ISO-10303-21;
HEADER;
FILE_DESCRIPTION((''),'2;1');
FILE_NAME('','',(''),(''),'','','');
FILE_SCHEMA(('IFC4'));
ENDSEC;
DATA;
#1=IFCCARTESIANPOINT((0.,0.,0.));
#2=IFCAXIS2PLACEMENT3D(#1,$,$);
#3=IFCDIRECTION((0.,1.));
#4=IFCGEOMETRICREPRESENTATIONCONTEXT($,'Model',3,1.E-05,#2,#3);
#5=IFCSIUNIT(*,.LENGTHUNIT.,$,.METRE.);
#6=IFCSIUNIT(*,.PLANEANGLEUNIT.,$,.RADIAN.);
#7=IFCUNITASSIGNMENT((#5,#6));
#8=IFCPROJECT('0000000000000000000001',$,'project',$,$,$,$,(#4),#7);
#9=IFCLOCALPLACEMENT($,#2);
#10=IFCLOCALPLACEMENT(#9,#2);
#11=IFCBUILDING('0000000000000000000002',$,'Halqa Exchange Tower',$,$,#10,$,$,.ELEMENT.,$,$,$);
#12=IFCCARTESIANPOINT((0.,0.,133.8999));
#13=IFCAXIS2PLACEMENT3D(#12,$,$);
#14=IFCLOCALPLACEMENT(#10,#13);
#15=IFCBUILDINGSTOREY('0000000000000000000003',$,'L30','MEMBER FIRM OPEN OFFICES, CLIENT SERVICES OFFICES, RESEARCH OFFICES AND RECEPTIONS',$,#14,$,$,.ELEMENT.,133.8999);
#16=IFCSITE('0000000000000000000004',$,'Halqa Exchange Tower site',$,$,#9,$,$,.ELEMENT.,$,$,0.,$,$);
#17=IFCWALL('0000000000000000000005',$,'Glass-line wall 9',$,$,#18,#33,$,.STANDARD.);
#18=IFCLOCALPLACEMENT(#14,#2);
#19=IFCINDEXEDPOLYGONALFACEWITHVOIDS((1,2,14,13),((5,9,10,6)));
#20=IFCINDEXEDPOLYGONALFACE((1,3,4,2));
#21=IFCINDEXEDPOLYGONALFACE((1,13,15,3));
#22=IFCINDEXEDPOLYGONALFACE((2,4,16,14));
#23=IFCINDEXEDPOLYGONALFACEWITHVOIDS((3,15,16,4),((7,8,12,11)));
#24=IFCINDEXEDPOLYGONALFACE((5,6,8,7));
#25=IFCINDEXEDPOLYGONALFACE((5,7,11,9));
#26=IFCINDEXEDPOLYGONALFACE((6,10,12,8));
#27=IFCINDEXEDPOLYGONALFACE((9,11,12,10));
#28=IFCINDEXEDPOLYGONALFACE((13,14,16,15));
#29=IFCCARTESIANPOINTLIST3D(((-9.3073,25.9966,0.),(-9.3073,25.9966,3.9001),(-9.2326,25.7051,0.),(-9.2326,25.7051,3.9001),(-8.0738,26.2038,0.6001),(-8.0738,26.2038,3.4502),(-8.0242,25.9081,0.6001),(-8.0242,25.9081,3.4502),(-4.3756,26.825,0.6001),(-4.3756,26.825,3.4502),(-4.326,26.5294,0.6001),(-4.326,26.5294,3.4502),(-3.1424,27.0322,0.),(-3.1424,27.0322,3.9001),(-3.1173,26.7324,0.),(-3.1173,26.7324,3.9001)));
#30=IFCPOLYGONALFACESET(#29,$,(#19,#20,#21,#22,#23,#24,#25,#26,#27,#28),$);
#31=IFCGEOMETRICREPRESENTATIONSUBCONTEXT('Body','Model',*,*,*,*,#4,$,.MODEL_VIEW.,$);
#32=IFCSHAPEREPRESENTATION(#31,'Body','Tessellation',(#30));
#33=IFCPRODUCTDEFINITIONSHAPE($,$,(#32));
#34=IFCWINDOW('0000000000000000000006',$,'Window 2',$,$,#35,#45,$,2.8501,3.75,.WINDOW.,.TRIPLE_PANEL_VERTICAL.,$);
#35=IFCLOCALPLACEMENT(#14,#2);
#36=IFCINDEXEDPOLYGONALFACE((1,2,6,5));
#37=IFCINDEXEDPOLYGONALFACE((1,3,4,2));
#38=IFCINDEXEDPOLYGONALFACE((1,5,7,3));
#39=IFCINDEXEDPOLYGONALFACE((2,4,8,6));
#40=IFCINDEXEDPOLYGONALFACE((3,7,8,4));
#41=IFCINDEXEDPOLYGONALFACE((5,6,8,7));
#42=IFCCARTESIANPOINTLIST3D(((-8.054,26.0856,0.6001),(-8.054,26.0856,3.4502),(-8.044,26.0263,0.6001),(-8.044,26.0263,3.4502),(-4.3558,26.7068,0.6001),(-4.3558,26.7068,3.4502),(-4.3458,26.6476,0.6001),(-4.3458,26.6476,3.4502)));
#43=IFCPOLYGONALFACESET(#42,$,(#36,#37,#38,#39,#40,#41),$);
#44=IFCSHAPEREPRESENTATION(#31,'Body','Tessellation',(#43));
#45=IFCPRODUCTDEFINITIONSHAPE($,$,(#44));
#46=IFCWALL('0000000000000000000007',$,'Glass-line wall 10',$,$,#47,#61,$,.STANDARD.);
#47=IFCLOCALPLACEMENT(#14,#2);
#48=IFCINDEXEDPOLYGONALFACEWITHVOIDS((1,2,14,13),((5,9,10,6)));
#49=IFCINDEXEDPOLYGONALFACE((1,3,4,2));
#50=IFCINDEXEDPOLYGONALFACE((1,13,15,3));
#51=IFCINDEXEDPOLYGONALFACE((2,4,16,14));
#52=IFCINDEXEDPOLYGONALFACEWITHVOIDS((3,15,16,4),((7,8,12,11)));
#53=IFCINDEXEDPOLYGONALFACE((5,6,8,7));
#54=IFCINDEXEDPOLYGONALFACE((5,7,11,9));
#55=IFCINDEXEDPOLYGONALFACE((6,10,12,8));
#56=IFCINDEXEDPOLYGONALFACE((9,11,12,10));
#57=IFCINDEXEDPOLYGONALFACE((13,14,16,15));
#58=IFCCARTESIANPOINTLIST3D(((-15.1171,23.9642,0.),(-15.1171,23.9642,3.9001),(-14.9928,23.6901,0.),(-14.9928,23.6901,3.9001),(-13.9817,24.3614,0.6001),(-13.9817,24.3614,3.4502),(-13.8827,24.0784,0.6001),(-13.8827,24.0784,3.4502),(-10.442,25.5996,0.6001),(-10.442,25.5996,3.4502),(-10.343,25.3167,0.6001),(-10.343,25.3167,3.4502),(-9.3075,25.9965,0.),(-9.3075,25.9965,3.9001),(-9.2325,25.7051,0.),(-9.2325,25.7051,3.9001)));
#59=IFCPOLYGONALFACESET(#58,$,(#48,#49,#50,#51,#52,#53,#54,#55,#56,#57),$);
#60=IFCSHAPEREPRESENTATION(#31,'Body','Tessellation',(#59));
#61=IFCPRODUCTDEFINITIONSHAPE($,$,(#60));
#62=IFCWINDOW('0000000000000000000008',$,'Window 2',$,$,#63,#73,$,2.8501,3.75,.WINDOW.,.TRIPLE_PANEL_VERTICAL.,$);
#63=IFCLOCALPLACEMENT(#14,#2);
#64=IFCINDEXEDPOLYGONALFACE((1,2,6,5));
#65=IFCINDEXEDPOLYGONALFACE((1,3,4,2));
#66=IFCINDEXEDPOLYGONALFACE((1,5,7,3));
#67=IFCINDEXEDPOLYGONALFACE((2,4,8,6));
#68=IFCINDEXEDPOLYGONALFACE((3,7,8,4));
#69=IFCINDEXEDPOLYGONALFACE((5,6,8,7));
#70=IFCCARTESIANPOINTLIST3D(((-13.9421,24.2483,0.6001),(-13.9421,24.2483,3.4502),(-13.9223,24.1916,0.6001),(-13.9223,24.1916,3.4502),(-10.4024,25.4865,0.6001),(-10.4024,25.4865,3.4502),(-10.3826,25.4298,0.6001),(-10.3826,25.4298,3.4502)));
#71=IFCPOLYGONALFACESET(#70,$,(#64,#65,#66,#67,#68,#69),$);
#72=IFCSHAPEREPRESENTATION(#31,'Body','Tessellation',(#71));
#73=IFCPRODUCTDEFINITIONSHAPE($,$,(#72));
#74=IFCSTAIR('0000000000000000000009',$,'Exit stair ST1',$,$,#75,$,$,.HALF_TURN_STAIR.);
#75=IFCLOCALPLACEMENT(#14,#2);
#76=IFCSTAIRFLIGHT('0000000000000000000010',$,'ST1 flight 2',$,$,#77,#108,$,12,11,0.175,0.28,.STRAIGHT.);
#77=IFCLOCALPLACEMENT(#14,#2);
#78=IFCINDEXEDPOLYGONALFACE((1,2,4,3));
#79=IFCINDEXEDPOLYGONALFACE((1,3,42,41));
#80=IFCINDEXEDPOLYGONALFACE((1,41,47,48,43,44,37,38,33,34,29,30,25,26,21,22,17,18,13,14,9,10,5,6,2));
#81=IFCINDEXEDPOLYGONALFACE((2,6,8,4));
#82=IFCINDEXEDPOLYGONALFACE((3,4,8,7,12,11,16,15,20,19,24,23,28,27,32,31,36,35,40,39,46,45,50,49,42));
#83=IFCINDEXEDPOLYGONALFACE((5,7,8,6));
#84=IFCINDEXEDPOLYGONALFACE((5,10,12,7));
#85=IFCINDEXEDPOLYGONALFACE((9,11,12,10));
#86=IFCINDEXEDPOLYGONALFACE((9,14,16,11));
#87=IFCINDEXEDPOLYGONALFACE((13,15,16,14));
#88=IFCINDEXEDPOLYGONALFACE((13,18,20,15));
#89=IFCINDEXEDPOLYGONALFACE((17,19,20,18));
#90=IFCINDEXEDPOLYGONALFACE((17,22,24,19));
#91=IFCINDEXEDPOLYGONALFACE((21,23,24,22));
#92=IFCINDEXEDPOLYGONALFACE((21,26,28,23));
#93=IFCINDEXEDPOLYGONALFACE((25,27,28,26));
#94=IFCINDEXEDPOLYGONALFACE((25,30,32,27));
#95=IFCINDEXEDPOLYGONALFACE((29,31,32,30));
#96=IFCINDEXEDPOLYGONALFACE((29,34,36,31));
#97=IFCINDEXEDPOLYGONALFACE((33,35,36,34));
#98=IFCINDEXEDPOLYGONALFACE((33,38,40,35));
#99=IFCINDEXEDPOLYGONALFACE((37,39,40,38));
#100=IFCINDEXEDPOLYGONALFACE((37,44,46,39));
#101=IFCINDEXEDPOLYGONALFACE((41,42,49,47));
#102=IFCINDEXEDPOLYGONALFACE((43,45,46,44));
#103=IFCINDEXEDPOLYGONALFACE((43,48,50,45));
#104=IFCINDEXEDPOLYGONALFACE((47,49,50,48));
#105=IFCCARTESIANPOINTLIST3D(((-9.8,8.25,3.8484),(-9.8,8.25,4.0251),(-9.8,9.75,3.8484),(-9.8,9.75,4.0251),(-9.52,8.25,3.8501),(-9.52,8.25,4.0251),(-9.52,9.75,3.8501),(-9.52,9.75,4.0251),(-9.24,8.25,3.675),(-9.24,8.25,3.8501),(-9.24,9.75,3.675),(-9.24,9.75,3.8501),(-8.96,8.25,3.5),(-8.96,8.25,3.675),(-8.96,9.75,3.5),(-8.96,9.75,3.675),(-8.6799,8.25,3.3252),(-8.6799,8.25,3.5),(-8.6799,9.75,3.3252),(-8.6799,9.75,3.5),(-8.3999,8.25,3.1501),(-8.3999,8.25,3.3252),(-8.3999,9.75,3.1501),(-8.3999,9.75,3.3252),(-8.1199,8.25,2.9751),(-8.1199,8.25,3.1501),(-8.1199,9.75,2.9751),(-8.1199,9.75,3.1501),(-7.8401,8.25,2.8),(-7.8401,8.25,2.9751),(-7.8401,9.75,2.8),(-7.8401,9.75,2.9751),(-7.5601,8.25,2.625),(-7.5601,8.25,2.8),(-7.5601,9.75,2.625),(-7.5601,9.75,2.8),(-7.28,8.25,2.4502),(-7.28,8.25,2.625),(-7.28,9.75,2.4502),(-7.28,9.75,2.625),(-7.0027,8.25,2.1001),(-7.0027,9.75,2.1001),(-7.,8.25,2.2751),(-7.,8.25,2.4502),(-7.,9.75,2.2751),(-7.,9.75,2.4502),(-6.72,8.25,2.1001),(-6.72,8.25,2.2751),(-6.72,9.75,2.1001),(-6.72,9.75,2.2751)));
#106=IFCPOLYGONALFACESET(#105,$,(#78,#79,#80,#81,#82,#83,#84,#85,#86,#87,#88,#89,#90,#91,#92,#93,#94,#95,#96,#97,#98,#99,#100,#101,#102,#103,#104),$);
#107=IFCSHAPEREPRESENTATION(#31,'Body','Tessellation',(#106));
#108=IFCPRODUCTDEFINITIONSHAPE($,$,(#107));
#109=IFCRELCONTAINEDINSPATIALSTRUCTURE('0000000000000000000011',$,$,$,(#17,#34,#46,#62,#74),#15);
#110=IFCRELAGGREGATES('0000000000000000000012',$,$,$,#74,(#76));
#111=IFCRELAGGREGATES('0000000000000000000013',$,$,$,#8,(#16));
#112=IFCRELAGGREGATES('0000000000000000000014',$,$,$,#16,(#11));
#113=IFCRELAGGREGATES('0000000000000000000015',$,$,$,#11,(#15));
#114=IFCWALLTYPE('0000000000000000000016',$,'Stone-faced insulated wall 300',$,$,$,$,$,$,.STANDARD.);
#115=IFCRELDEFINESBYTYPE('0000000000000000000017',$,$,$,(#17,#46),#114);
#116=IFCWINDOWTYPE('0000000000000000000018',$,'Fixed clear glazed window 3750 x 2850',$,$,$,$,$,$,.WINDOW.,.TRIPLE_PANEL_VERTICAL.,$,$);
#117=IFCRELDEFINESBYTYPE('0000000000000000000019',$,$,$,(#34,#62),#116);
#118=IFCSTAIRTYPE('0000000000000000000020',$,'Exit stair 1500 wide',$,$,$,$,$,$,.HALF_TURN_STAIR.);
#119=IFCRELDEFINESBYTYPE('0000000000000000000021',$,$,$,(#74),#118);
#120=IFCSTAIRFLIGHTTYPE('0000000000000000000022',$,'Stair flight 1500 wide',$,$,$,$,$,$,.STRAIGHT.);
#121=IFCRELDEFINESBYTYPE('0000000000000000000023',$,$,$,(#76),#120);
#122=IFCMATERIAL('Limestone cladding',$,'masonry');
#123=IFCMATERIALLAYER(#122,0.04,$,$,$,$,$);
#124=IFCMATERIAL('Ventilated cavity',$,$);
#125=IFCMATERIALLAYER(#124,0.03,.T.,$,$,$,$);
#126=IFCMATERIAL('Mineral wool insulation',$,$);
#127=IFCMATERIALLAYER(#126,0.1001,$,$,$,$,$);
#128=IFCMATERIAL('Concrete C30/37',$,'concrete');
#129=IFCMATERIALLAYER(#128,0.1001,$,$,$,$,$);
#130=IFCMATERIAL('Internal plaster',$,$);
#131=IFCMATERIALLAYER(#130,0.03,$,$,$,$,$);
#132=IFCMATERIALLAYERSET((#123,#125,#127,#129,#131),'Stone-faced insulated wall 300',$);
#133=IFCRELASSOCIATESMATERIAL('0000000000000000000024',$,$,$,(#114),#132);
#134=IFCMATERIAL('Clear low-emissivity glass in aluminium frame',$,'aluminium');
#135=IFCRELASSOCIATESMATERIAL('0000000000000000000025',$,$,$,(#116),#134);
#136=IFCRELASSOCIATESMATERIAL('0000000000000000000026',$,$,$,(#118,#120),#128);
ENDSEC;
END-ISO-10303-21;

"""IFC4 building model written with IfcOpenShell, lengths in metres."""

from ifc_helpers import new_model, si_unit, direction, frame, frame_2d, origin, place, context, subcontext, project, spatial, polyline, rectangle, outline, extrude, material, layer, layer_set, type_object, element, fill, aggregate, save


model = new_model("IFC4")

# Units and contexts
model_context = context("Model", 3, precision=1e-05, world=origin(), true_north=direction((0.0, 1.0)))
body_context = subcontext(model_context, "Body", "Model", "MODEL_VIEW")
ifc_project = project(units=[si_unit("LENGTHUNIT", "METRE"), si_unit("PLANEANGLEUNIT", "RADIAN")], contexts=[model_context])

# Site, building, storey
site_placement = place(None, origin())
site = spatial("IfcSite", under=ifc_project, at=site_placement, Name="Halqa Exchange Tower site", CompositionType="ELEMENT", RefElevation=0.0)
building_placement = place(site_placement, origin())
building = spatial("IfcBuilding", under=site, at=building_placement, Name="Halqa Exchange Tower", CompositionType="ELEMENT")
storey_placement = place(building_placement, frame((0.0, 0.0, 133.8999)))
storey = spatial("IfcBuildingStorey", under=building, at=storey_placement, Name="L30", Description="MEMBER FIRM OPEN OFFICES, CLIENT SERVICES OFFICES, RESEARCH OFFICES AND RECEPTIONS", CompositionType="ELEMENT", Elevation=133.8999)

# Shared definitions
ifc_material_1 = material(Name="Concrete C30/37", Category="concrete")

# Walls, openings, windows
ifc_material_2 = material(Name="Limestone cladding", Category="masonry")
ifc_layer_1 = layer(ifc_material_2, 0.04)
ifc_material_3 = material(Name="Ventilated cavity")
ifc_layer_2 = layer(ifc_material_3, 0.03, ventilated=True)
ifc_material_4 = material(Name="Mineral wool insulation")
ifc_layer_3 = layer(ifc_material_4, 0.1001)
ifc_layer_4 = layer(ifc_material_1, 0.1001)
ifc_material_5 = material(Name="Internal plaster")
ifc_layer_5 = layer(ifc_material_5, 0.03)
ifc_layer_set_1 = layer_set([ifc_layer_1, ifc_layer_2, ifc_layer_3, ifc_layer_4, ifc_layer_5], Name="Stone-faced insulated wall 300")
wall_type_1 = type_object("IfcWallType", Name="Stone-faced insulated wall 300", PredefinedType="STANDARD", material=ifc_layer_set_1)
wall_1_placement = place(storey_placement, frame((-3.1299, 26.8823, 0.0), z_axis=(0.0, 0.0, 1.0), x_axis=(-0.986181, -0.165671, 0.0)))
wall_1 = element("IfcWall", 1, at=wall_1_placement, inside=storey, type_object=wall_type_1, Name="Glass-line wall 9", PredefinedType="STANDARD", context=body_context, shape_type="SweptSolid", body=[
    extrude(outline(polyline([(-0.0125, -0.1499), (6.2388, -0.1499), (6.2134, 0.1499), (0.0125, 0.1499), (-0.0125, -0.1499)])), origin(), (0.0, 0.0, 1.0), 3.9001),
])
opening_1_placement = place(wall_1_placement, frame((1.238, 0.0, 0.6001)))
opening_1 = element("IfcOpeningElement", 2, at=opening_1_placement, cuts=wall_1, PredefinedType="OPENING", context=body_context, shape_type="SweptSolid", body=[
    extrude(rectangle(XDim=3.75, YDim=2.8501, at=frame_2d((1.875, 1.425))), frame((0.0, 0.1621, 0.0), z_axis=(0.0, -1.0, 0.0), x_axis=(1.0, 0.0, 0.0)), (0.0, 0.0, 1.0), 0.324),
])
ifc_material_6 = material(Name="Clear low-emissivity glass in aluminium frame", Category="aluminium")
window_type = type_object("IfcWindowType", Name="Fixed clear glazed window 3750 x 2850", PartitioningType="TRIPLE_PANEL_VERTICAL", PredefinedType="WINDOW", material=ifc_material_6)
window_1_placement = place(opening_1_placement, origin())
window_1 = element("IfcWindow", 3, at=window_1_placement, inside=storey, type_object=window_type, Name="Window 2", OverallHeight=2.8501, OverallWidth=3.75, PartitioningType="TRIPLE_PANEL_VERTICAL", PredefinedType="WINDOW", context=body_context, shape_type="SweptSolid", body=[
    extrude(rectangle(XDim=3.75, YDim=2.8501, at=frame_2d((1.875, 1.425))), frame((0.0, 0.03, 0.0), z_axis=(0.0, -1.0, 0.0), x_axis=(1.0, 0.0, 0.0)), (0.0, 0.0, 1.0), 0.0601),
])
fill(opening_1, window_1)
wall_2_placement = place(storey_placement, frame((-9.27, 25.8508, 0.0), z_axis=(0.0, 0.0, 1.0), x_axis=(-0.943911, -0.3302, 0.0)))
wall_2 = element("IfcWall", 4, at=wall_2_placement, inside=storey, type_object=wall_type_1, Name="Glass-line wall 10", PredefinedType="STANDARD", context=body_context, shape_type="SweptSolid", body=[
    extrude(outline(polyline([(-0.0127, -0.1499), (6.1421, -0.1499), (6.1152, 0.1499), (0.0127, 0.1499), (-0.0127, -0.1499)])), origin(), (0.0, 0.0, 1.0), 3.9001),
])
opening_2_placement = place(wall_2_placement, frame((1.1892, 0.0, 0.6001)))
opening_2 = element("IfcOpeningElement", 5, at=opening_2_placement, cuts=wall_2, PredefinedType="OPENING", context=body_context, shape_type="SweptSolid", body=[
    extrude(rectangle(XDim=3.75, YDim=2.8501, at=frame_2d((1.875, 1.425))), frame((0.0, 0.1621, 0.0), z_axis=(0.0, -1.0, 0.0), x_axis=(1.0, 0.0, 0.0)), (0.0, 0.0, 1.0), 0.324),
])
window_2_placement = place(opening_2_placement, origin())
window_2 = element("IfcWindow", 6, at=window_2_placement, inside=storey, type_object=window_type, Name="Window 2", OverallHeight=2.8501, OverallWidth=3.75, PartitioningType="TRIPLE_PANEL_VERTICAL", PredefinedType="WINDOW", context=body_context, shape_type="SweptSolid", body=[
    extrude(rectangle(XDim=3.75, YDim=2.8501, at=frame_2d((1.875, 1.425))), frame((0.0, 0.03, 0.0), z_axis=(0.0, -1.0, 0.0), x_axis=(1.0, 0.0, 0.0)), (0.0, 0.0, 1.0), 0.0601),
])
fill(opening_2, window_2)

# Stair, stair flight
stair_type = type_object("IfcStairType", Name="Exit stair 1500 wide", PredefinedType="HALF_TURN_STAIR", material=ifc_material_1)
stair_placement = place(storey_placement, origin())
stair = element("IfcStair", 7, at=stair_placement, inside=storey, type_object=stair_type, Name="Exit stair ST1", PredefinedType="HALF_TURN_STAIR")
stair_flight_type = type_object("IfcStairFlightType", Name="Stair flight 1500 wide", PredefinedType="STRAIGHT", material=ifc_material_1)
stair_flight_placement = place(storey_placement, frame((-6.72, 9.0, 2.1001), z_axis=(0.0, 0.0, 1.0), x_axis=(-1.0, 0.0, 0.0)))
stair_flight = element("IfcStairFlight", 8, at=stair_flight_placement, type_object=stair_flight_type, Name="ST1 flight 2", NumberOfRisers=12, NumberOfTreads=11, PredefinedType="STRAIGHT", RiserHeight=0.175, TreadLength=0.28, context=body_context, shape_type="SweptSolid", body=[
    extrude(outline(polyline([(0.0, 0.0), (0.0, 0.175), (0.28, 0.175), (0.28, 0.3501), (0.5601, 0.3501), (0.5601, 0.5249), (0.8401, 0.5249), (0.8401, 0.7), (1.1201, 0.7), (1.1201, 0.875), (1.3999, 0.875), (1.3999, 1.05), (1.6799, 1.05), (1.6799, 1.2251), (1.96, 1.2251), (1.96, 1.3999), (2.24, 1.3999), (2.24, 1.575), (2.52, 1.575), (2.52, 1.75), (2.8, 1.75), (2.8, 1.925), (3.0801, 1.925), (3.0801, 2.1001), (3.0801, 1.7483), (0.2827, 0.0), (0.0, 0.0)])), frame((0.0, 0.75, 0.0), z_axis=(0.0, -1.0, 0.0), x_axis=(1.0, 0.0, 0.0)), (0.0, 0.0, 1.0), 1.5),
])
aggregate(stair, [stair_flight])

save(model, "model.ifc")
